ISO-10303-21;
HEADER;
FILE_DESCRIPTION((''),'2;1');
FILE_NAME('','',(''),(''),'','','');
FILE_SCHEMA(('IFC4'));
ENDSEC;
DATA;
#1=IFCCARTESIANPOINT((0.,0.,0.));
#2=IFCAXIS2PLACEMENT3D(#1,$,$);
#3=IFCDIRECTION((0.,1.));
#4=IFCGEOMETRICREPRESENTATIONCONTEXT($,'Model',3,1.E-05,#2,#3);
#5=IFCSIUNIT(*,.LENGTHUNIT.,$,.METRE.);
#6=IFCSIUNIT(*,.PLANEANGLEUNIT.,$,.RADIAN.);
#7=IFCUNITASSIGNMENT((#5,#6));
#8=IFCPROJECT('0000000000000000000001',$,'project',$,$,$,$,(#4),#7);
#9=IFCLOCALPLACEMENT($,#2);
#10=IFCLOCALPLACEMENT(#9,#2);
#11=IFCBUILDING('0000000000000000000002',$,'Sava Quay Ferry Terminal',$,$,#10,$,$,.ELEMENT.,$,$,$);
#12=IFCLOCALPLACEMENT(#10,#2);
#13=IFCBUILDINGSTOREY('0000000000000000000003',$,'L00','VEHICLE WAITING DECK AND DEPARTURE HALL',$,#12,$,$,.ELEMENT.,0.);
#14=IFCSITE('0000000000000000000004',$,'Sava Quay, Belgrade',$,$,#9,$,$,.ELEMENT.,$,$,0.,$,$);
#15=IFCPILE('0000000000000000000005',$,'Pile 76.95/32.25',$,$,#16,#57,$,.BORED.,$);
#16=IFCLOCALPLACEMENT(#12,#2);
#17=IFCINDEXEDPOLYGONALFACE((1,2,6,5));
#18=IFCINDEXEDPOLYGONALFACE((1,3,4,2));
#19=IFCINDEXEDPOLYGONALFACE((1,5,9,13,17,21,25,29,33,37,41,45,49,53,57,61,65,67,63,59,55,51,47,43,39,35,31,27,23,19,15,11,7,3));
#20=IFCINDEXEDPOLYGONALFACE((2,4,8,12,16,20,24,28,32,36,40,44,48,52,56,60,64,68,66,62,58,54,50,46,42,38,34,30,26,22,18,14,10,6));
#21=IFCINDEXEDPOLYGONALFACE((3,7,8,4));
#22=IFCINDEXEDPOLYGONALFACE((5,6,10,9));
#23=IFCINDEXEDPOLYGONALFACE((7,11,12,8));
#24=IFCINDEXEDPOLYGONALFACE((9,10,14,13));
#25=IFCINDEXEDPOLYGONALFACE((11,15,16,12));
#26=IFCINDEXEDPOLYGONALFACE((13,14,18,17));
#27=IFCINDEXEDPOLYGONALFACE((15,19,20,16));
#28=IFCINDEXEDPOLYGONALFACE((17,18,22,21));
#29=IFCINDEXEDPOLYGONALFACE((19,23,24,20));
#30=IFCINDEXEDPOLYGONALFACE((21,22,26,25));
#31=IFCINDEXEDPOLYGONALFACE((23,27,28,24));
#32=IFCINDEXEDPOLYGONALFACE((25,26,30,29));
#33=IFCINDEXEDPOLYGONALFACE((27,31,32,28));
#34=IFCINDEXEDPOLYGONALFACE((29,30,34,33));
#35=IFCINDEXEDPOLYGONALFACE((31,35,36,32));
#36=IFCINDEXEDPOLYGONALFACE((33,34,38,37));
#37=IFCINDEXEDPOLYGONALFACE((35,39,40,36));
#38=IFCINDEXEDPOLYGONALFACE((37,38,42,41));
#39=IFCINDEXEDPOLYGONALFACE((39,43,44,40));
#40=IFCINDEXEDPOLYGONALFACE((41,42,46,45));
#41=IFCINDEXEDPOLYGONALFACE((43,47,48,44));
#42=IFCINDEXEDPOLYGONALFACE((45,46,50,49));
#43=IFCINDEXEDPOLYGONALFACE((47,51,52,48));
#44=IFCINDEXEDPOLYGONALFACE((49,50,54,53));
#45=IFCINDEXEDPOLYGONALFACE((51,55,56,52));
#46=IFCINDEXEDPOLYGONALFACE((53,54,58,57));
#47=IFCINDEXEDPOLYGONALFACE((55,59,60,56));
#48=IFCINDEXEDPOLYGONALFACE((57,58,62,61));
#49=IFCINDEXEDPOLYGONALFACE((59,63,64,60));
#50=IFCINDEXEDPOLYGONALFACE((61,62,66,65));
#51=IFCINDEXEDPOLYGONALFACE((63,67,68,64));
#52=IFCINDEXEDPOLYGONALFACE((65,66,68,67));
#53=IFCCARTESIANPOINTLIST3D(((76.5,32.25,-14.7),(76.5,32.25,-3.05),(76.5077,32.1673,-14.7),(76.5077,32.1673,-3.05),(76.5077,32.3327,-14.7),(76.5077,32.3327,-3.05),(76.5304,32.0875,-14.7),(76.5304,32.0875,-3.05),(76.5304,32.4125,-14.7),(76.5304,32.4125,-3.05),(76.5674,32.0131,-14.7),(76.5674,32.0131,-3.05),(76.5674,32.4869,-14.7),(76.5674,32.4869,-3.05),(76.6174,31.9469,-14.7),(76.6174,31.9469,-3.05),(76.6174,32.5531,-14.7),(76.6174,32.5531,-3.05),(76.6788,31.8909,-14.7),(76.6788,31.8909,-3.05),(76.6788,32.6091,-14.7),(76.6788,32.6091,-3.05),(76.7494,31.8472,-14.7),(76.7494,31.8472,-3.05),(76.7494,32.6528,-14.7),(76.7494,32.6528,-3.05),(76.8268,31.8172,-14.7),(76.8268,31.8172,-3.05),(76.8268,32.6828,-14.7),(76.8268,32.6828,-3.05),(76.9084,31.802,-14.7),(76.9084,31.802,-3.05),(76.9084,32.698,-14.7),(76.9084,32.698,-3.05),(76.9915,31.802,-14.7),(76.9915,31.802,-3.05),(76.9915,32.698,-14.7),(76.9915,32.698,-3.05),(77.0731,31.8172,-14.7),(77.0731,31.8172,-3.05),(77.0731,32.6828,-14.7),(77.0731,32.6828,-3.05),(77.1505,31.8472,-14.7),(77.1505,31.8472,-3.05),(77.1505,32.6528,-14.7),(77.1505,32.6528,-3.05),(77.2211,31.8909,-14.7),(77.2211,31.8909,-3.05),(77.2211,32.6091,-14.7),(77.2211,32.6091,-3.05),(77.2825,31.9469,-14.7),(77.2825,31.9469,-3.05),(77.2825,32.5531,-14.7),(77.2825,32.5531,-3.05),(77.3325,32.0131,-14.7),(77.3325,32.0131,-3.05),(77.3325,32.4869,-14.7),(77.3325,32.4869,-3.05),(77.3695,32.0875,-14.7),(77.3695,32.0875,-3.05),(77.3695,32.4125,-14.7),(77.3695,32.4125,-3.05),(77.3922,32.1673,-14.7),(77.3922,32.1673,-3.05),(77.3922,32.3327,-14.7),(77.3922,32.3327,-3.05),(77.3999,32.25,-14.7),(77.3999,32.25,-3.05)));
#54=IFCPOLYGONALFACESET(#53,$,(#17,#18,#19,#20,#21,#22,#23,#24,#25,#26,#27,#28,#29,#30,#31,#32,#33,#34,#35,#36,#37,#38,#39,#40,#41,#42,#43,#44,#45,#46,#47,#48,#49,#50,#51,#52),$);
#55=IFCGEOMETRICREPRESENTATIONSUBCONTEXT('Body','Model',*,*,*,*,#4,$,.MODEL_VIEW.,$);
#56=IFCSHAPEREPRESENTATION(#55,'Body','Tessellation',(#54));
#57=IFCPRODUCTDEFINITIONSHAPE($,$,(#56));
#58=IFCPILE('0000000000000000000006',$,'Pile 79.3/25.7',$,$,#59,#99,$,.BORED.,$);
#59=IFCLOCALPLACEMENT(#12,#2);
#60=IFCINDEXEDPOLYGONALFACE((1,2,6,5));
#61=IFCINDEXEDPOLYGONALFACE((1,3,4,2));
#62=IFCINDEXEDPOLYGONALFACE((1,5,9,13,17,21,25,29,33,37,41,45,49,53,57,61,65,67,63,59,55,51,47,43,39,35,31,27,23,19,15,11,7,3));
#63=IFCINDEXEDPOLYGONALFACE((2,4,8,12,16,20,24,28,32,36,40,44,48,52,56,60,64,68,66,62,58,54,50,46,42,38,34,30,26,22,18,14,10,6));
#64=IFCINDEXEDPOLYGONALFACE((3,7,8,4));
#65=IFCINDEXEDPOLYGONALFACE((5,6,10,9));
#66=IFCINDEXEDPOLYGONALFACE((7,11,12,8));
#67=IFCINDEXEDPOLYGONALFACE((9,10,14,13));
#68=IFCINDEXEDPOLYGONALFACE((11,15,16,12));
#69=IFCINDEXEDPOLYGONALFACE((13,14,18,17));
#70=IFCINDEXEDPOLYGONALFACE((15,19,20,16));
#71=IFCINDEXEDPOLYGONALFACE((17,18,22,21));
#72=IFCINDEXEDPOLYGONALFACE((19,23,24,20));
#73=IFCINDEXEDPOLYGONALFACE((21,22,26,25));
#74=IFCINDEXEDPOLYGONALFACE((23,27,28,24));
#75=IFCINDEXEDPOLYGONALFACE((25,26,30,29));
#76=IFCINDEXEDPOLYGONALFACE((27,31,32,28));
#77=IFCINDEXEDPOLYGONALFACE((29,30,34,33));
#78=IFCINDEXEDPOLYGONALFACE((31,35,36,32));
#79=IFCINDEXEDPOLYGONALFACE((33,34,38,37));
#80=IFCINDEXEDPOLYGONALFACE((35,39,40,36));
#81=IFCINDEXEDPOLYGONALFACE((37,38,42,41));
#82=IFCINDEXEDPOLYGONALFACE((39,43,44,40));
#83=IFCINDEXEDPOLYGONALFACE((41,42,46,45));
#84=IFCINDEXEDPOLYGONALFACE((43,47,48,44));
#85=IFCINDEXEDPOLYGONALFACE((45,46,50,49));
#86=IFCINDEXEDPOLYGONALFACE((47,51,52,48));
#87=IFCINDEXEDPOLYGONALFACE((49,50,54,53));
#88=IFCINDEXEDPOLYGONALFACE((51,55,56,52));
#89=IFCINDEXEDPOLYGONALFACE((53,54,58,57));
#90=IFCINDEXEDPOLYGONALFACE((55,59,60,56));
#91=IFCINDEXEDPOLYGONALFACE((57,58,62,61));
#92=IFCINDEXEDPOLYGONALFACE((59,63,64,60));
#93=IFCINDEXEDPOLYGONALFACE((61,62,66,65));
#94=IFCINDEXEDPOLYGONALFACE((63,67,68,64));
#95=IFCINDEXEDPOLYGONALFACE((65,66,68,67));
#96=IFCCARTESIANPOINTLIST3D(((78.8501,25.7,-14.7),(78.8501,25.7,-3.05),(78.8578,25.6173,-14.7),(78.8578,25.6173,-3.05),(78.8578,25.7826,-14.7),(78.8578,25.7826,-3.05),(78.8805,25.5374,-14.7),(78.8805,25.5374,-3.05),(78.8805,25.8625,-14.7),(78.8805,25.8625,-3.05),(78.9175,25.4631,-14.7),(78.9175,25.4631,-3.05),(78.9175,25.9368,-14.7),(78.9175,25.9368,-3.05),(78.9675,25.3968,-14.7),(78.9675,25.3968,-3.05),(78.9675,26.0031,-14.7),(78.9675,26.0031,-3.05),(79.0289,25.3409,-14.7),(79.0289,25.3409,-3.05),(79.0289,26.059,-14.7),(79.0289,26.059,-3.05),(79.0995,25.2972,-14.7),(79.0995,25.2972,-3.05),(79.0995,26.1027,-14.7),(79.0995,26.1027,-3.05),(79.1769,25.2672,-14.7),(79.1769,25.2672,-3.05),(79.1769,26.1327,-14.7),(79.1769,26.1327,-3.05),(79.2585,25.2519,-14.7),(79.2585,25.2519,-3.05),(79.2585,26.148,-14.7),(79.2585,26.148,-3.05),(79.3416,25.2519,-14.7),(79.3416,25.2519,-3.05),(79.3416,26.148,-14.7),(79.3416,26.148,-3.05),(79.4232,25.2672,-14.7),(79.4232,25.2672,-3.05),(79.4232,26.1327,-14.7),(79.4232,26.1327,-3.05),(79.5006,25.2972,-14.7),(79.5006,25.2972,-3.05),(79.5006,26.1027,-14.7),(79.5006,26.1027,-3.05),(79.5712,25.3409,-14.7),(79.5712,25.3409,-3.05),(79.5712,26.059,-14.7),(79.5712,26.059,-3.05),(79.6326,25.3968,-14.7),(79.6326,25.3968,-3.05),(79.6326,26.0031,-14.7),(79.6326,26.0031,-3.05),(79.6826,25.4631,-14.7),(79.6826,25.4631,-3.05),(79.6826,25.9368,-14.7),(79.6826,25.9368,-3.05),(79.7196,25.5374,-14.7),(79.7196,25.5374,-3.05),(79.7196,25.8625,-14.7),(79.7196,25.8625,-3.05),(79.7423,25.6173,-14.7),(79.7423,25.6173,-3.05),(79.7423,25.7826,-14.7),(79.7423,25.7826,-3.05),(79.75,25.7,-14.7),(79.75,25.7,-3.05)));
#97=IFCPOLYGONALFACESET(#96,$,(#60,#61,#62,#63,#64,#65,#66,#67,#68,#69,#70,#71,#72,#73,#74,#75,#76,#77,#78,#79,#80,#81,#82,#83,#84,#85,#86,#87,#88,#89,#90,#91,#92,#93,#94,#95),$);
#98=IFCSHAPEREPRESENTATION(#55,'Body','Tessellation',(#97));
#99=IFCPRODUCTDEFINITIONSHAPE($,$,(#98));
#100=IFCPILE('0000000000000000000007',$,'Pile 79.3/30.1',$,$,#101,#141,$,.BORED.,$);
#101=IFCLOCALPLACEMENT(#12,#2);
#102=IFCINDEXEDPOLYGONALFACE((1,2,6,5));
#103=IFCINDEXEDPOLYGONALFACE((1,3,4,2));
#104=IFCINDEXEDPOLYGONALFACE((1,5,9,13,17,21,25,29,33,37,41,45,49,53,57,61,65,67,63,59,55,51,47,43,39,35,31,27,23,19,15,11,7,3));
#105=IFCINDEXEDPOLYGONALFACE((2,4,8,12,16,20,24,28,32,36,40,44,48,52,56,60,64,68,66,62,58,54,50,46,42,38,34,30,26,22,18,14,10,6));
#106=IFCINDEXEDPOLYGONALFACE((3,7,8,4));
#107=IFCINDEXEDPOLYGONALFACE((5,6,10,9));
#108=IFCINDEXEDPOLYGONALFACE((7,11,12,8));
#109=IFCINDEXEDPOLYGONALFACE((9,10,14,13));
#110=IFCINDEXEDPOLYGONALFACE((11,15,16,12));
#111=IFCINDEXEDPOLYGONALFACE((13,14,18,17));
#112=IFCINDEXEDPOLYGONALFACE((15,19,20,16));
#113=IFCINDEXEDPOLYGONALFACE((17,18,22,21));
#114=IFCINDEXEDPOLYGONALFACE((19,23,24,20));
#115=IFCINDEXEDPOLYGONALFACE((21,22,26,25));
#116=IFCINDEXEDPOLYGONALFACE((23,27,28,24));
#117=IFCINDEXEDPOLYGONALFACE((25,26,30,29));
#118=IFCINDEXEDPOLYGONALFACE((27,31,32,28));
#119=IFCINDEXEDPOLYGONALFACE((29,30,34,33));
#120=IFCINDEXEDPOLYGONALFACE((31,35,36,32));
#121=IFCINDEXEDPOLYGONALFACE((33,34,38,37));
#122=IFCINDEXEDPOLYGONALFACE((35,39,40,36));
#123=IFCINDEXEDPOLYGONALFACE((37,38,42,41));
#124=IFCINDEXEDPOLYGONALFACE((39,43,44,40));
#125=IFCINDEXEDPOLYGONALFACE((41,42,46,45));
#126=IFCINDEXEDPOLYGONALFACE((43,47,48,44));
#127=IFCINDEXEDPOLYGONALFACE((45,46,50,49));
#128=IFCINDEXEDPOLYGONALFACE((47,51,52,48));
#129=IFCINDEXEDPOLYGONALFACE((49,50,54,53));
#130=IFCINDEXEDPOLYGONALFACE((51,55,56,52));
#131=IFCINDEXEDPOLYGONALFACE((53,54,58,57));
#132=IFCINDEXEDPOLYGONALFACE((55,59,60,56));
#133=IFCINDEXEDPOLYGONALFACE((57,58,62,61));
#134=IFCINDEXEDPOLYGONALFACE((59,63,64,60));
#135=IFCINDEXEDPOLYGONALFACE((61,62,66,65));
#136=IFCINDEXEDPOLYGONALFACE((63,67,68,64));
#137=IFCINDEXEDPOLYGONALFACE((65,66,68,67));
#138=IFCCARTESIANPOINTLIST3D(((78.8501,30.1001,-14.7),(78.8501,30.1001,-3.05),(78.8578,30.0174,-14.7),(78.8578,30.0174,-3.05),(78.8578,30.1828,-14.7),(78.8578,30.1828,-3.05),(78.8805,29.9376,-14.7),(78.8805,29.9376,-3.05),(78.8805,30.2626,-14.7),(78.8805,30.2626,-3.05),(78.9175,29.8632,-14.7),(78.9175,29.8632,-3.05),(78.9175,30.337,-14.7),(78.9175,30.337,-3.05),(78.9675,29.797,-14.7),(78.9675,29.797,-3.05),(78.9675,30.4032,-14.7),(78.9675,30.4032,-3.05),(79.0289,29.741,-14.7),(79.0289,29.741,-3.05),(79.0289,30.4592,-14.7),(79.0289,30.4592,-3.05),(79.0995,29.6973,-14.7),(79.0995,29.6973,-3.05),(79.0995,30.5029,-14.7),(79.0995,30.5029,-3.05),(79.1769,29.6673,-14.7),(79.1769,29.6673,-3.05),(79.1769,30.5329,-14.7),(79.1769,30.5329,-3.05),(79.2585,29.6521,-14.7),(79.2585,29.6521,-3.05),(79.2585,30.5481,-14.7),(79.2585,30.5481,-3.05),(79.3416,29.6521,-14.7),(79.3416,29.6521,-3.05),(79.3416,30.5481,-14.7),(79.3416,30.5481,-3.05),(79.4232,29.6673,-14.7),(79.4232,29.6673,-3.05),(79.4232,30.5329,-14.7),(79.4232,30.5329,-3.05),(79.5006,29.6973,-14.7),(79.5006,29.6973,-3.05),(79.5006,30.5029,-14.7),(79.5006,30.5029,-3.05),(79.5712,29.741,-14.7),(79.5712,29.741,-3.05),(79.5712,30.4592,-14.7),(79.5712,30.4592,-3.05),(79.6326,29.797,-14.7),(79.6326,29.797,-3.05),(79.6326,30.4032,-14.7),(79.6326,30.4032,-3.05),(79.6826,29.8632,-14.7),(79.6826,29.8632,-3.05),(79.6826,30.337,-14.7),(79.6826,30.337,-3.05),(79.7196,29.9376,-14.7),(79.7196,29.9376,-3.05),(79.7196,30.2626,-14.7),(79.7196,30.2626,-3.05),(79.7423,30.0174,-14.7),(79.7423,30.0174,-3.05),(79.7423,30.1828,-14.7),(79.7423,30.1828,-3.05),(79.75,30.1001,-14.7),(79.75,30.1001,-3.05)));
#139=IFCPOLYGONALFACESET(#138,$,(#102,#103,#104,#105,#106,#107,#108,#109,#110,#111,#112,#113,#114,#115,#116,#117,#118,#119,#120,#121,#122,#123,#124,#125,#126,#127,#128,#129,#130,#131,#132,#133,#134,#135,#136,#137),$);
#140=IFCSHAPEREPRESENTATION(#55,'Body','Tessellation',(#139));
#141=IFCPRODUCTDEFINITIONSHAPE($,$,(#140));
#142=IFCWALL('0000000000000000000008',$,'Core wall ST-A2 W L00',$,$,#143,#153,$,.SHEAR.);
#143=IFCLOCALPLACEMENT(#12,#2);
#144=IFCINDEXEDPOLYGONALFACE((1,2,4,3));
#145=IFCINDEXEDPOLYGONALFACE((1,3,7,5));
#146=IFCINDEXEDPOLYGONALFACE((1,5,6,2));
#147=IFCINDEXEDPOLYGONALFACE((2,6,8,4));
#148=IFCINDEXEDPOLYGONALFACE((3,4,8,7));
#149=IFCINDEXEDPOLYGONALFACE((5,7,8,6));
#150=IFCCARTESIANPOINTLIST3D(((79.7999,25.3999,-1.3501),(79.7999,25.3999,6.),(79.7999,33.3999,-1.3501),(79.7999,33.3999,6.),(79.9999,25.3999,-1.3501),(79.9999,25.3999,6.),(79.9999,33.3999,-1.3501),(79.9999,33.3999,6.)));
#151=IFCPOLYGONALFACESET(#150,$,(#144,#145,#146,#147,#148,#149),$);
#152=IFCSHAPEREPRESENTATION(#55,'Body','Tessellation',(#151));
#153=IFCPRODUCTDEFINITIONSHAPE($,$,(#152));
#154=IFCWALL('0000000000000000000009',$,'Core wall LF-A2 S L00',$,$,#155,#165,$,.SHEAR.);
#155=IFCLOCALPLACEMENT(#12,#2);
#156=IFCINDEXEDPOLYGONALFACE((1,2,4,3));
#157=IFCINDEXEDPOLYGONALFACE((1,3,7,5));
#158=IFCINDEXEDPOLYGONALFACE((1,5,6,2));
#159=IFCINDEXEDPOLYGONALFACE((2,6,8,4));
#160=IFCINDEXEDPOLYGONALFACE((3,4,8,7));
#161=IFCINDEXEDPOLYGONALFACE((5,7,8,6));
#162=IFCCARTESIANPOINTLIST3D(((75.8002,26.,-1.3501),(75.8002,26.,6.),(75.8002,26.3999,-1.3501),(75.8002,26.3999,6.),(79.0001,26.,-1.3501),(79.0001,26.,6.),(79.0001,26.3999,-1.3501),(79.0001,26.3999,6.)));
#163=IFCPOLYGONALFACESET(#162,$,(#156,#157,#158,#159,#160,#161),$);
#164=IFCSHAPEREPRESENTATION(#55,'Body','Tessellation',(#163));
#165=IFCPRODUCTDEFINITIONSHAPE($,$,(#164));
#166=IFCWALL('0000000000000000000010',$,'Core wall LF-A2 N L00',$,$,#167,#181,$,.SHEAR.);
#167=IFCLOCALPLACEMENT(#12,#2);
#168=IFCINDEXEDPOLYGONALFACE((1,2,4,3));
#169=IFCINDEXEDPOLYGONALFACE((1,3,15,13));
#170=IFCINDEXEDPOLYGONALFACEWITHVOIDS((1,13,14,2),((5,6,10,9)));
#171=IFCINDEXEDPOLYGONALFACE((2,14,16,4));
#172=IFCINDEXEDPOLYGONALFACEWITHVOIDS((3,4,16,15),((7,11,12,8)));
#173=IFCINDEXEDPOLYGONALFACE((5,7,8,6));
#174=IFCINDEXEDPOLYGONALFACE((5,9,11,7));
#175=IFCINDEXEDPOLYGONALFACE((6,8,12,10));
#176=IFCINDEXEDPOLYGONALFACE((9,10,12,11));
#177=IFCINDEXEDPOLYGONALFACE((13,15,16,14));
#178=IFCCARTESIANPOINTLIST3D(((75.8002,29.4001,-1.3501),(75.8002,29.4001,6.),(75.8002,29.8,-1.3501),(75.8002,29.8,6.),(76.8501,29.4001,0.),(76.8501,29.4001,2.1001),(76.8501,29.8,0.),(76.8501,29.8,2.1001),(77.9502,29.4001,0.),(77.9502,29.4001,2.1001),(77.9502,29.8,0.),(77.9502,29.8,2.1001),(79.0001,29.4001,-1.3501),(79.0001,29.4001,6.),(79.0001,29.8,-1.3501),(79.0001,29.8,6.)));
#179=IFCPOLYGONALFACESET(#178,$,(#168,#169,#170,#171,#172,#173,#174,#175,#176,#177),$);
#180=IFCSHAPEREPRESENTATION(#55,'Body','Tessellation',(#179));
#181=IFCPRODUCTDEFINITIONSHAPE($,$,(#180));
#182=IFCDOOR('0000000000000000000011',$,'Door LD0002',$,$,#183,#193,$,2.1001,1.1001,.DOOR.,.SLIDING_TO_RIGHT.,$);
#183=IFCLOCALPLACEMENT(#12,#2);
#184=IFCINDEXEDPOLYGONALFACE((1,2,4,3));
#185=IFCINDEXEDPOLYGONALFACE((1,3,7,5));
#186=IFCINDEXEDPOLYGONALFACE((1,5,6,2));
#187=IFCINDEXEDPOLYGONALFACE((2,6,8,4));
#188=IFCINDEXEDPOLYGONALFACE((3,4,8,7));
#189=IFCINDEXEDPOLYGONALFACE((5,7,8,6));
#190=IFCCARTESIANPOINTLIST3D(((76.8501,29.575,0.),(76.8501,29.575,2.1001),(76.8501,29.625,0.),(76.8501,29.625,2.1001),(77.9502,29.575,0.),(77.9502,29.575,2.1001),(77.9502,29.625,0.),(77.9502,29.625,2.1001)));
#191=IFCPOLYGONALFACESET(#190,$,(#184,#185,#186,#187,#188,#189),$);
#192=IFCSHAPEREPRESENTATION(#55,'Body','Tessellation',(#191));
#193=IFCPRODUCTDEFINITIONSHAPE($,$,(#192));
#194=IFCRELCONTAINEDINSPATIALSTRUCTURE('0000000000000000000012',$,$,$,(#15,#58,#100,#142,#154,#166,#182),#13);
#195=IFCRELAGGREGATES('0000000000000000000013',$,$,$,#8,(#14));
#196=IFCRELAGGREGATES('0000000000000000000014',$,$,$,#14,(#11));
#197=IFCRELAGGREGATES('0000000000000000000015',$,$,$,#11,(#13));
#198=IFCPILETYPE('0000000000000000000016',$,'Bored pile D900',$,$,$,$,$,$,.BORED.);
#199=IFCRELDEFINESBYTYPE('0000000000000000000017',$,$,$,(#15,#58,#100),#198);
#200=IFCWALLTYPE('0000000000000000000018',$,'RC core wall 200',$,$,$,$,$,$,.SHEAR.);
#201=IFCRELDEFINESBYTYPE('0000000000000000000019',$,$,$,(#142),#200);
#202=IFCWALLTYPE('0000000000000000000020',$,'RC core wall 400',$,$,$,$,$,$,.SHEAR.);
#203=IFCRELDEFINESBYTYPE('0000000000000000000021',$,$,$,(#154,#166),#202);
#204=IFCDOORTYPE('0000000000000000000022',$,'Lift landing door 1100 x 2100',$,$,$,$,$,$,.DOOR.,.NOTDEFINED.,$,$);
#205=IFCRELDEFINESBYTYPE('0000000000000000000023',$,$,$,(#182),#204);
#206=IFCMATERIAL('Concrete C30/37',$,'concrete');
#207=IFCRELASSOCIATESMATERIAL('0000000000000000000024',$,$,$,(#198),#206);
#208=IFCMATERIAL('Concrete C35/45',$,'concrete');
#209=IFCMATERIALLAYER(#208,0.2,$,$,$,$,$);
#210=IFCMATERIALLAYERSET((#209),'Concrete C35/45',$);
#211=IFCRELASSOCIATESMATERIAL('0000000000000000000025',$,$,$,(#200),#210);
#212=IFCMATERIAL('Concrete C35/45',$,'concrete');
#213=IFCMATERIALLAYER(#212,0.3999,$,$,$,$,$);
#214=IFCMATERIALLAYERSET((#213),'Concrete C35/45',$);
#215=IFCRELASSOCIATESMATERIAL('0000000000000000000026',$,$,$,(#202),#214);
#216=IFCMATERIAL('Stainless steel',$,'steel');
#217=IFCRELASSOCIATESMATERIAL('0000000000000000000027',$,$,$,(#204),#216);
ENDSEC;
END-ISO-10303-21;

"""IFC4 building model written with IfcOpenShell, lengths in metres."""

from ifc_helpers import new_model, si_unit, direction, frame, frame_2d, origin, origin_2d, place, context, subcontext, project, spatial, rectangle, circle, extrude, material, layer, layer_set, material_profile, profile_set, type_object, element, fill, save


model = new_model("IFC4")

# Units and contexts
model_context = context("Model", 3, precision=1e-05, world=origin(), true_north=direction((0.0, 1.0)))
body_context = subcontext(model_context, "Body", "Model", "MODEL_VIEW")
ifc_project = project(units=[si_unit("LENGTHUNIT", "METRE"), si_unit("PLANEANGLEUNIT", "RADIAN")], contexts=[model_context])

# Site, building, storey
site_placement = place(None, origin())
site = spatial("IfcSite", under=ifc_project, at=site_placement, Name="Sava Quay, Belgrade", CompositionType="ELEMENT", RefElevation=0.0)
building_placement = place(site_placement, origin())
building = spatial("IfcBuilding", under=site, at=building_placement, Name="Sava Quay Ferry Terminal", CompositionType="ELEMENT")
storey_placement = place(building_placement, origin())
storey = spatial("IfcBuildingStorey", under=building, at=storey_placement, Name="L00", Description="VEHICLE WAITING DECK AND DEPARTURE HALL", CompositionType="ELEMENT", Elevation=0.0)

# Piles
ifc_material_1 = material(Name="Concrete C30/37", Category="concrete")
ifc_material_profile = material_profile(ifc_material_1, circle(Radius=0.45, at=origin_2d()), Name="Bored pile D900")
ifc_profile_set = profile_set([ifc_material_profile], Name="Concrete C30/37")
pile_type = type_object("IfcPileType", Name="Bored pile D900", PredefinedType="BORED", material=ifc_profile_set)
for number, where, z_axis, x_axis, name in (
    (1, (76.95, 32.25, -3.05), (0.0, 0.0, -1.0), (1.0, 0.0, 0.0), "Pile 76.95/32.25"),
    (2, (79.3, 25.7, -3.05), (0.0, 0.0, -1.0), (1.0, 0.0, 0.0), "Pile 79.3/25.7"),
    (3, (79.3, 30.1001, -3.05), (0.0, 0.0, -1.0), (1.0, 0.0, 0.0), "Pile 79.3/30.1"),
):
    element("IfcPile", number, at=place(storey_placement, frame(where, z_axis=z_axis, x_axis=x_axis)), inside=storey, type_object=pile_type, Name=name, PredefinedType="BORED", context=body_context, shape_type="SweptSolid", body=[
        extrude(circle(Radius=0.45, at=origin_2d()), origin(), (0.0, 0.0, 1.0), 11.6499),
    ])

# Shared definitions
ifc_material_2 = material(Name="Concrete C35/45", Category="concrete")
ifc_layer_1 = layer(ifc_material_2, 0.2)
ifc_layer_set_1 = layer_set([ifc_layer_1], Name="Concrete C35/45")
wall_type_1 = type_object("IfcWallType", Name="RC core wall 200", PredefinedType="SHEAR", material=ifc_layer_set_1)

# Walls
wall_1_placement = place(storey_placement, frame((79.8999, 25.3999, -1.3501), z_axis=(0.0, 0.0, 1.0), x_axis=(0.0, 1.0, 0.0)))
element("IfcWall", 4, at=wall_1_placement, inside=storey, type_object=wall_type_1, Name="Core wall ST-A2 W L00", PredefinedType="SHEAR", context=body_context, shape_type="SweptSolid", body=[
    extrude(rectangle(XDim=8.0, YDim=0.2, at=frame_2d((4.0, 0.0))), origin(), (0.0, 0.0, 1.0), 7.3501),
])
ifc_material_3 = material(Name="Concrete C35/45", Category="concrete")
ifc_layer_2 = layer(ifc_material_3, 0.3999)
ifc_layer_set_2 = layer_set([ifc_layer_2], Name="Concrete C35/45")
wall_type_2 = type_object("IfcWallType", Name="RC core wall 400", PredefinedType="SHEAR", material=ifc_layer_set_2)
wall_2_placement = place(storey_placement, frame((75.8, 26.2, -1.3501), z_axis=(0.0, 0.0, 1.0), x_axis=(1.0, 0.0, 0.0)))
element("IfcWall", 5, at=wall_2_placement, inside=storey, type_object=wall_type_2, Name="Core wall LF-A2 S L00", PredefinedType="SHEAR", context=body_context, shape_type="SweptSolid", body=[
    extrude(rectangle(XDim=3.2, YDim=0.3999, at=frame_2d((1.6001, 0.0))), origin(), (0.0, 0.0, 1.0), 7.3501),
])

# Wall, opening, door
wall_3_placement = place(storey_placement, frame((75.8, 29.6001, -1.3501), z_axis=(0.0, 0.0, 1.0), x_axis=(1.0, 0.0, 0.0)))
wall_3 = element("IfcWall", 6, at=wall_3_placement, inside=storey, type_object=wall_type_2, Name="Core wall LF-A2 N L00", PredefinedType="SHEAR", context=body_context, shape_type="SweptSolid", body=[
    extrude(rectangle(XDim=3.2, YDim=0.3999, at=frame_2d((1.6001, 0.0))), origin(), (0.0, 0.0, 1.0), 7.3501),
])
opening_1_placement = place(wall_3_placement, frame((1.05, 0.0, 1.3501)))
opening_1 = element("IfcOpeningElement", 7, at=opening_1_placement, cuts=wall_3, PredefinedType="OPENING", context=body_context, shape_type="SweptSolid", body=[
    extrude(rectangle(XDim=1.1001, YDim=2.1001, at=frame_2d((0.55, 1.05))), frame((0.0, 0.2, 0.0), z_axis=(0.0, -1.0, 0.0), x_axis=(1.0, 0.0, 0.0)), (0.0, 0.0, 1.0), 0.3999),
])
ifc_material_4 = material(Name="Stainless steel", Category="steel")
door_type_1 = type_object("IfcDoorType", Name="Lift landing door 1100 x 2100", OperationType="NOTDEFINED", PredefinedType="DOOR", material=ifc_material_4)
door_1_placement = place(opening_1_placement, origin())
door_1 = element("IfcDoor", 8, at=door_1_placement, inside=storey, type_object=door_type_1, Name="Door LD0002", OperationType="SLIDING_TO_RIGHT", OverallHeight=2.1001, OverallWidth=1.1001, PredefinedType="DOOR", context=body_context, shape_type="SweptSolid", body=[
    extrude(rectangle(XDim=1.1001, YDim=2.1001, at=frame_2d((0.55, 1.05))), frame((0.0, 0.0249, 0.0), z_axis=(0.0, -1.0, 0.0), x_axis=(1.0, 0.0, 0.0)), (0.0, 0.0, 1.0), 0.05),
])
fill(opening_1, door_1)

save(model, "model.ifc")
